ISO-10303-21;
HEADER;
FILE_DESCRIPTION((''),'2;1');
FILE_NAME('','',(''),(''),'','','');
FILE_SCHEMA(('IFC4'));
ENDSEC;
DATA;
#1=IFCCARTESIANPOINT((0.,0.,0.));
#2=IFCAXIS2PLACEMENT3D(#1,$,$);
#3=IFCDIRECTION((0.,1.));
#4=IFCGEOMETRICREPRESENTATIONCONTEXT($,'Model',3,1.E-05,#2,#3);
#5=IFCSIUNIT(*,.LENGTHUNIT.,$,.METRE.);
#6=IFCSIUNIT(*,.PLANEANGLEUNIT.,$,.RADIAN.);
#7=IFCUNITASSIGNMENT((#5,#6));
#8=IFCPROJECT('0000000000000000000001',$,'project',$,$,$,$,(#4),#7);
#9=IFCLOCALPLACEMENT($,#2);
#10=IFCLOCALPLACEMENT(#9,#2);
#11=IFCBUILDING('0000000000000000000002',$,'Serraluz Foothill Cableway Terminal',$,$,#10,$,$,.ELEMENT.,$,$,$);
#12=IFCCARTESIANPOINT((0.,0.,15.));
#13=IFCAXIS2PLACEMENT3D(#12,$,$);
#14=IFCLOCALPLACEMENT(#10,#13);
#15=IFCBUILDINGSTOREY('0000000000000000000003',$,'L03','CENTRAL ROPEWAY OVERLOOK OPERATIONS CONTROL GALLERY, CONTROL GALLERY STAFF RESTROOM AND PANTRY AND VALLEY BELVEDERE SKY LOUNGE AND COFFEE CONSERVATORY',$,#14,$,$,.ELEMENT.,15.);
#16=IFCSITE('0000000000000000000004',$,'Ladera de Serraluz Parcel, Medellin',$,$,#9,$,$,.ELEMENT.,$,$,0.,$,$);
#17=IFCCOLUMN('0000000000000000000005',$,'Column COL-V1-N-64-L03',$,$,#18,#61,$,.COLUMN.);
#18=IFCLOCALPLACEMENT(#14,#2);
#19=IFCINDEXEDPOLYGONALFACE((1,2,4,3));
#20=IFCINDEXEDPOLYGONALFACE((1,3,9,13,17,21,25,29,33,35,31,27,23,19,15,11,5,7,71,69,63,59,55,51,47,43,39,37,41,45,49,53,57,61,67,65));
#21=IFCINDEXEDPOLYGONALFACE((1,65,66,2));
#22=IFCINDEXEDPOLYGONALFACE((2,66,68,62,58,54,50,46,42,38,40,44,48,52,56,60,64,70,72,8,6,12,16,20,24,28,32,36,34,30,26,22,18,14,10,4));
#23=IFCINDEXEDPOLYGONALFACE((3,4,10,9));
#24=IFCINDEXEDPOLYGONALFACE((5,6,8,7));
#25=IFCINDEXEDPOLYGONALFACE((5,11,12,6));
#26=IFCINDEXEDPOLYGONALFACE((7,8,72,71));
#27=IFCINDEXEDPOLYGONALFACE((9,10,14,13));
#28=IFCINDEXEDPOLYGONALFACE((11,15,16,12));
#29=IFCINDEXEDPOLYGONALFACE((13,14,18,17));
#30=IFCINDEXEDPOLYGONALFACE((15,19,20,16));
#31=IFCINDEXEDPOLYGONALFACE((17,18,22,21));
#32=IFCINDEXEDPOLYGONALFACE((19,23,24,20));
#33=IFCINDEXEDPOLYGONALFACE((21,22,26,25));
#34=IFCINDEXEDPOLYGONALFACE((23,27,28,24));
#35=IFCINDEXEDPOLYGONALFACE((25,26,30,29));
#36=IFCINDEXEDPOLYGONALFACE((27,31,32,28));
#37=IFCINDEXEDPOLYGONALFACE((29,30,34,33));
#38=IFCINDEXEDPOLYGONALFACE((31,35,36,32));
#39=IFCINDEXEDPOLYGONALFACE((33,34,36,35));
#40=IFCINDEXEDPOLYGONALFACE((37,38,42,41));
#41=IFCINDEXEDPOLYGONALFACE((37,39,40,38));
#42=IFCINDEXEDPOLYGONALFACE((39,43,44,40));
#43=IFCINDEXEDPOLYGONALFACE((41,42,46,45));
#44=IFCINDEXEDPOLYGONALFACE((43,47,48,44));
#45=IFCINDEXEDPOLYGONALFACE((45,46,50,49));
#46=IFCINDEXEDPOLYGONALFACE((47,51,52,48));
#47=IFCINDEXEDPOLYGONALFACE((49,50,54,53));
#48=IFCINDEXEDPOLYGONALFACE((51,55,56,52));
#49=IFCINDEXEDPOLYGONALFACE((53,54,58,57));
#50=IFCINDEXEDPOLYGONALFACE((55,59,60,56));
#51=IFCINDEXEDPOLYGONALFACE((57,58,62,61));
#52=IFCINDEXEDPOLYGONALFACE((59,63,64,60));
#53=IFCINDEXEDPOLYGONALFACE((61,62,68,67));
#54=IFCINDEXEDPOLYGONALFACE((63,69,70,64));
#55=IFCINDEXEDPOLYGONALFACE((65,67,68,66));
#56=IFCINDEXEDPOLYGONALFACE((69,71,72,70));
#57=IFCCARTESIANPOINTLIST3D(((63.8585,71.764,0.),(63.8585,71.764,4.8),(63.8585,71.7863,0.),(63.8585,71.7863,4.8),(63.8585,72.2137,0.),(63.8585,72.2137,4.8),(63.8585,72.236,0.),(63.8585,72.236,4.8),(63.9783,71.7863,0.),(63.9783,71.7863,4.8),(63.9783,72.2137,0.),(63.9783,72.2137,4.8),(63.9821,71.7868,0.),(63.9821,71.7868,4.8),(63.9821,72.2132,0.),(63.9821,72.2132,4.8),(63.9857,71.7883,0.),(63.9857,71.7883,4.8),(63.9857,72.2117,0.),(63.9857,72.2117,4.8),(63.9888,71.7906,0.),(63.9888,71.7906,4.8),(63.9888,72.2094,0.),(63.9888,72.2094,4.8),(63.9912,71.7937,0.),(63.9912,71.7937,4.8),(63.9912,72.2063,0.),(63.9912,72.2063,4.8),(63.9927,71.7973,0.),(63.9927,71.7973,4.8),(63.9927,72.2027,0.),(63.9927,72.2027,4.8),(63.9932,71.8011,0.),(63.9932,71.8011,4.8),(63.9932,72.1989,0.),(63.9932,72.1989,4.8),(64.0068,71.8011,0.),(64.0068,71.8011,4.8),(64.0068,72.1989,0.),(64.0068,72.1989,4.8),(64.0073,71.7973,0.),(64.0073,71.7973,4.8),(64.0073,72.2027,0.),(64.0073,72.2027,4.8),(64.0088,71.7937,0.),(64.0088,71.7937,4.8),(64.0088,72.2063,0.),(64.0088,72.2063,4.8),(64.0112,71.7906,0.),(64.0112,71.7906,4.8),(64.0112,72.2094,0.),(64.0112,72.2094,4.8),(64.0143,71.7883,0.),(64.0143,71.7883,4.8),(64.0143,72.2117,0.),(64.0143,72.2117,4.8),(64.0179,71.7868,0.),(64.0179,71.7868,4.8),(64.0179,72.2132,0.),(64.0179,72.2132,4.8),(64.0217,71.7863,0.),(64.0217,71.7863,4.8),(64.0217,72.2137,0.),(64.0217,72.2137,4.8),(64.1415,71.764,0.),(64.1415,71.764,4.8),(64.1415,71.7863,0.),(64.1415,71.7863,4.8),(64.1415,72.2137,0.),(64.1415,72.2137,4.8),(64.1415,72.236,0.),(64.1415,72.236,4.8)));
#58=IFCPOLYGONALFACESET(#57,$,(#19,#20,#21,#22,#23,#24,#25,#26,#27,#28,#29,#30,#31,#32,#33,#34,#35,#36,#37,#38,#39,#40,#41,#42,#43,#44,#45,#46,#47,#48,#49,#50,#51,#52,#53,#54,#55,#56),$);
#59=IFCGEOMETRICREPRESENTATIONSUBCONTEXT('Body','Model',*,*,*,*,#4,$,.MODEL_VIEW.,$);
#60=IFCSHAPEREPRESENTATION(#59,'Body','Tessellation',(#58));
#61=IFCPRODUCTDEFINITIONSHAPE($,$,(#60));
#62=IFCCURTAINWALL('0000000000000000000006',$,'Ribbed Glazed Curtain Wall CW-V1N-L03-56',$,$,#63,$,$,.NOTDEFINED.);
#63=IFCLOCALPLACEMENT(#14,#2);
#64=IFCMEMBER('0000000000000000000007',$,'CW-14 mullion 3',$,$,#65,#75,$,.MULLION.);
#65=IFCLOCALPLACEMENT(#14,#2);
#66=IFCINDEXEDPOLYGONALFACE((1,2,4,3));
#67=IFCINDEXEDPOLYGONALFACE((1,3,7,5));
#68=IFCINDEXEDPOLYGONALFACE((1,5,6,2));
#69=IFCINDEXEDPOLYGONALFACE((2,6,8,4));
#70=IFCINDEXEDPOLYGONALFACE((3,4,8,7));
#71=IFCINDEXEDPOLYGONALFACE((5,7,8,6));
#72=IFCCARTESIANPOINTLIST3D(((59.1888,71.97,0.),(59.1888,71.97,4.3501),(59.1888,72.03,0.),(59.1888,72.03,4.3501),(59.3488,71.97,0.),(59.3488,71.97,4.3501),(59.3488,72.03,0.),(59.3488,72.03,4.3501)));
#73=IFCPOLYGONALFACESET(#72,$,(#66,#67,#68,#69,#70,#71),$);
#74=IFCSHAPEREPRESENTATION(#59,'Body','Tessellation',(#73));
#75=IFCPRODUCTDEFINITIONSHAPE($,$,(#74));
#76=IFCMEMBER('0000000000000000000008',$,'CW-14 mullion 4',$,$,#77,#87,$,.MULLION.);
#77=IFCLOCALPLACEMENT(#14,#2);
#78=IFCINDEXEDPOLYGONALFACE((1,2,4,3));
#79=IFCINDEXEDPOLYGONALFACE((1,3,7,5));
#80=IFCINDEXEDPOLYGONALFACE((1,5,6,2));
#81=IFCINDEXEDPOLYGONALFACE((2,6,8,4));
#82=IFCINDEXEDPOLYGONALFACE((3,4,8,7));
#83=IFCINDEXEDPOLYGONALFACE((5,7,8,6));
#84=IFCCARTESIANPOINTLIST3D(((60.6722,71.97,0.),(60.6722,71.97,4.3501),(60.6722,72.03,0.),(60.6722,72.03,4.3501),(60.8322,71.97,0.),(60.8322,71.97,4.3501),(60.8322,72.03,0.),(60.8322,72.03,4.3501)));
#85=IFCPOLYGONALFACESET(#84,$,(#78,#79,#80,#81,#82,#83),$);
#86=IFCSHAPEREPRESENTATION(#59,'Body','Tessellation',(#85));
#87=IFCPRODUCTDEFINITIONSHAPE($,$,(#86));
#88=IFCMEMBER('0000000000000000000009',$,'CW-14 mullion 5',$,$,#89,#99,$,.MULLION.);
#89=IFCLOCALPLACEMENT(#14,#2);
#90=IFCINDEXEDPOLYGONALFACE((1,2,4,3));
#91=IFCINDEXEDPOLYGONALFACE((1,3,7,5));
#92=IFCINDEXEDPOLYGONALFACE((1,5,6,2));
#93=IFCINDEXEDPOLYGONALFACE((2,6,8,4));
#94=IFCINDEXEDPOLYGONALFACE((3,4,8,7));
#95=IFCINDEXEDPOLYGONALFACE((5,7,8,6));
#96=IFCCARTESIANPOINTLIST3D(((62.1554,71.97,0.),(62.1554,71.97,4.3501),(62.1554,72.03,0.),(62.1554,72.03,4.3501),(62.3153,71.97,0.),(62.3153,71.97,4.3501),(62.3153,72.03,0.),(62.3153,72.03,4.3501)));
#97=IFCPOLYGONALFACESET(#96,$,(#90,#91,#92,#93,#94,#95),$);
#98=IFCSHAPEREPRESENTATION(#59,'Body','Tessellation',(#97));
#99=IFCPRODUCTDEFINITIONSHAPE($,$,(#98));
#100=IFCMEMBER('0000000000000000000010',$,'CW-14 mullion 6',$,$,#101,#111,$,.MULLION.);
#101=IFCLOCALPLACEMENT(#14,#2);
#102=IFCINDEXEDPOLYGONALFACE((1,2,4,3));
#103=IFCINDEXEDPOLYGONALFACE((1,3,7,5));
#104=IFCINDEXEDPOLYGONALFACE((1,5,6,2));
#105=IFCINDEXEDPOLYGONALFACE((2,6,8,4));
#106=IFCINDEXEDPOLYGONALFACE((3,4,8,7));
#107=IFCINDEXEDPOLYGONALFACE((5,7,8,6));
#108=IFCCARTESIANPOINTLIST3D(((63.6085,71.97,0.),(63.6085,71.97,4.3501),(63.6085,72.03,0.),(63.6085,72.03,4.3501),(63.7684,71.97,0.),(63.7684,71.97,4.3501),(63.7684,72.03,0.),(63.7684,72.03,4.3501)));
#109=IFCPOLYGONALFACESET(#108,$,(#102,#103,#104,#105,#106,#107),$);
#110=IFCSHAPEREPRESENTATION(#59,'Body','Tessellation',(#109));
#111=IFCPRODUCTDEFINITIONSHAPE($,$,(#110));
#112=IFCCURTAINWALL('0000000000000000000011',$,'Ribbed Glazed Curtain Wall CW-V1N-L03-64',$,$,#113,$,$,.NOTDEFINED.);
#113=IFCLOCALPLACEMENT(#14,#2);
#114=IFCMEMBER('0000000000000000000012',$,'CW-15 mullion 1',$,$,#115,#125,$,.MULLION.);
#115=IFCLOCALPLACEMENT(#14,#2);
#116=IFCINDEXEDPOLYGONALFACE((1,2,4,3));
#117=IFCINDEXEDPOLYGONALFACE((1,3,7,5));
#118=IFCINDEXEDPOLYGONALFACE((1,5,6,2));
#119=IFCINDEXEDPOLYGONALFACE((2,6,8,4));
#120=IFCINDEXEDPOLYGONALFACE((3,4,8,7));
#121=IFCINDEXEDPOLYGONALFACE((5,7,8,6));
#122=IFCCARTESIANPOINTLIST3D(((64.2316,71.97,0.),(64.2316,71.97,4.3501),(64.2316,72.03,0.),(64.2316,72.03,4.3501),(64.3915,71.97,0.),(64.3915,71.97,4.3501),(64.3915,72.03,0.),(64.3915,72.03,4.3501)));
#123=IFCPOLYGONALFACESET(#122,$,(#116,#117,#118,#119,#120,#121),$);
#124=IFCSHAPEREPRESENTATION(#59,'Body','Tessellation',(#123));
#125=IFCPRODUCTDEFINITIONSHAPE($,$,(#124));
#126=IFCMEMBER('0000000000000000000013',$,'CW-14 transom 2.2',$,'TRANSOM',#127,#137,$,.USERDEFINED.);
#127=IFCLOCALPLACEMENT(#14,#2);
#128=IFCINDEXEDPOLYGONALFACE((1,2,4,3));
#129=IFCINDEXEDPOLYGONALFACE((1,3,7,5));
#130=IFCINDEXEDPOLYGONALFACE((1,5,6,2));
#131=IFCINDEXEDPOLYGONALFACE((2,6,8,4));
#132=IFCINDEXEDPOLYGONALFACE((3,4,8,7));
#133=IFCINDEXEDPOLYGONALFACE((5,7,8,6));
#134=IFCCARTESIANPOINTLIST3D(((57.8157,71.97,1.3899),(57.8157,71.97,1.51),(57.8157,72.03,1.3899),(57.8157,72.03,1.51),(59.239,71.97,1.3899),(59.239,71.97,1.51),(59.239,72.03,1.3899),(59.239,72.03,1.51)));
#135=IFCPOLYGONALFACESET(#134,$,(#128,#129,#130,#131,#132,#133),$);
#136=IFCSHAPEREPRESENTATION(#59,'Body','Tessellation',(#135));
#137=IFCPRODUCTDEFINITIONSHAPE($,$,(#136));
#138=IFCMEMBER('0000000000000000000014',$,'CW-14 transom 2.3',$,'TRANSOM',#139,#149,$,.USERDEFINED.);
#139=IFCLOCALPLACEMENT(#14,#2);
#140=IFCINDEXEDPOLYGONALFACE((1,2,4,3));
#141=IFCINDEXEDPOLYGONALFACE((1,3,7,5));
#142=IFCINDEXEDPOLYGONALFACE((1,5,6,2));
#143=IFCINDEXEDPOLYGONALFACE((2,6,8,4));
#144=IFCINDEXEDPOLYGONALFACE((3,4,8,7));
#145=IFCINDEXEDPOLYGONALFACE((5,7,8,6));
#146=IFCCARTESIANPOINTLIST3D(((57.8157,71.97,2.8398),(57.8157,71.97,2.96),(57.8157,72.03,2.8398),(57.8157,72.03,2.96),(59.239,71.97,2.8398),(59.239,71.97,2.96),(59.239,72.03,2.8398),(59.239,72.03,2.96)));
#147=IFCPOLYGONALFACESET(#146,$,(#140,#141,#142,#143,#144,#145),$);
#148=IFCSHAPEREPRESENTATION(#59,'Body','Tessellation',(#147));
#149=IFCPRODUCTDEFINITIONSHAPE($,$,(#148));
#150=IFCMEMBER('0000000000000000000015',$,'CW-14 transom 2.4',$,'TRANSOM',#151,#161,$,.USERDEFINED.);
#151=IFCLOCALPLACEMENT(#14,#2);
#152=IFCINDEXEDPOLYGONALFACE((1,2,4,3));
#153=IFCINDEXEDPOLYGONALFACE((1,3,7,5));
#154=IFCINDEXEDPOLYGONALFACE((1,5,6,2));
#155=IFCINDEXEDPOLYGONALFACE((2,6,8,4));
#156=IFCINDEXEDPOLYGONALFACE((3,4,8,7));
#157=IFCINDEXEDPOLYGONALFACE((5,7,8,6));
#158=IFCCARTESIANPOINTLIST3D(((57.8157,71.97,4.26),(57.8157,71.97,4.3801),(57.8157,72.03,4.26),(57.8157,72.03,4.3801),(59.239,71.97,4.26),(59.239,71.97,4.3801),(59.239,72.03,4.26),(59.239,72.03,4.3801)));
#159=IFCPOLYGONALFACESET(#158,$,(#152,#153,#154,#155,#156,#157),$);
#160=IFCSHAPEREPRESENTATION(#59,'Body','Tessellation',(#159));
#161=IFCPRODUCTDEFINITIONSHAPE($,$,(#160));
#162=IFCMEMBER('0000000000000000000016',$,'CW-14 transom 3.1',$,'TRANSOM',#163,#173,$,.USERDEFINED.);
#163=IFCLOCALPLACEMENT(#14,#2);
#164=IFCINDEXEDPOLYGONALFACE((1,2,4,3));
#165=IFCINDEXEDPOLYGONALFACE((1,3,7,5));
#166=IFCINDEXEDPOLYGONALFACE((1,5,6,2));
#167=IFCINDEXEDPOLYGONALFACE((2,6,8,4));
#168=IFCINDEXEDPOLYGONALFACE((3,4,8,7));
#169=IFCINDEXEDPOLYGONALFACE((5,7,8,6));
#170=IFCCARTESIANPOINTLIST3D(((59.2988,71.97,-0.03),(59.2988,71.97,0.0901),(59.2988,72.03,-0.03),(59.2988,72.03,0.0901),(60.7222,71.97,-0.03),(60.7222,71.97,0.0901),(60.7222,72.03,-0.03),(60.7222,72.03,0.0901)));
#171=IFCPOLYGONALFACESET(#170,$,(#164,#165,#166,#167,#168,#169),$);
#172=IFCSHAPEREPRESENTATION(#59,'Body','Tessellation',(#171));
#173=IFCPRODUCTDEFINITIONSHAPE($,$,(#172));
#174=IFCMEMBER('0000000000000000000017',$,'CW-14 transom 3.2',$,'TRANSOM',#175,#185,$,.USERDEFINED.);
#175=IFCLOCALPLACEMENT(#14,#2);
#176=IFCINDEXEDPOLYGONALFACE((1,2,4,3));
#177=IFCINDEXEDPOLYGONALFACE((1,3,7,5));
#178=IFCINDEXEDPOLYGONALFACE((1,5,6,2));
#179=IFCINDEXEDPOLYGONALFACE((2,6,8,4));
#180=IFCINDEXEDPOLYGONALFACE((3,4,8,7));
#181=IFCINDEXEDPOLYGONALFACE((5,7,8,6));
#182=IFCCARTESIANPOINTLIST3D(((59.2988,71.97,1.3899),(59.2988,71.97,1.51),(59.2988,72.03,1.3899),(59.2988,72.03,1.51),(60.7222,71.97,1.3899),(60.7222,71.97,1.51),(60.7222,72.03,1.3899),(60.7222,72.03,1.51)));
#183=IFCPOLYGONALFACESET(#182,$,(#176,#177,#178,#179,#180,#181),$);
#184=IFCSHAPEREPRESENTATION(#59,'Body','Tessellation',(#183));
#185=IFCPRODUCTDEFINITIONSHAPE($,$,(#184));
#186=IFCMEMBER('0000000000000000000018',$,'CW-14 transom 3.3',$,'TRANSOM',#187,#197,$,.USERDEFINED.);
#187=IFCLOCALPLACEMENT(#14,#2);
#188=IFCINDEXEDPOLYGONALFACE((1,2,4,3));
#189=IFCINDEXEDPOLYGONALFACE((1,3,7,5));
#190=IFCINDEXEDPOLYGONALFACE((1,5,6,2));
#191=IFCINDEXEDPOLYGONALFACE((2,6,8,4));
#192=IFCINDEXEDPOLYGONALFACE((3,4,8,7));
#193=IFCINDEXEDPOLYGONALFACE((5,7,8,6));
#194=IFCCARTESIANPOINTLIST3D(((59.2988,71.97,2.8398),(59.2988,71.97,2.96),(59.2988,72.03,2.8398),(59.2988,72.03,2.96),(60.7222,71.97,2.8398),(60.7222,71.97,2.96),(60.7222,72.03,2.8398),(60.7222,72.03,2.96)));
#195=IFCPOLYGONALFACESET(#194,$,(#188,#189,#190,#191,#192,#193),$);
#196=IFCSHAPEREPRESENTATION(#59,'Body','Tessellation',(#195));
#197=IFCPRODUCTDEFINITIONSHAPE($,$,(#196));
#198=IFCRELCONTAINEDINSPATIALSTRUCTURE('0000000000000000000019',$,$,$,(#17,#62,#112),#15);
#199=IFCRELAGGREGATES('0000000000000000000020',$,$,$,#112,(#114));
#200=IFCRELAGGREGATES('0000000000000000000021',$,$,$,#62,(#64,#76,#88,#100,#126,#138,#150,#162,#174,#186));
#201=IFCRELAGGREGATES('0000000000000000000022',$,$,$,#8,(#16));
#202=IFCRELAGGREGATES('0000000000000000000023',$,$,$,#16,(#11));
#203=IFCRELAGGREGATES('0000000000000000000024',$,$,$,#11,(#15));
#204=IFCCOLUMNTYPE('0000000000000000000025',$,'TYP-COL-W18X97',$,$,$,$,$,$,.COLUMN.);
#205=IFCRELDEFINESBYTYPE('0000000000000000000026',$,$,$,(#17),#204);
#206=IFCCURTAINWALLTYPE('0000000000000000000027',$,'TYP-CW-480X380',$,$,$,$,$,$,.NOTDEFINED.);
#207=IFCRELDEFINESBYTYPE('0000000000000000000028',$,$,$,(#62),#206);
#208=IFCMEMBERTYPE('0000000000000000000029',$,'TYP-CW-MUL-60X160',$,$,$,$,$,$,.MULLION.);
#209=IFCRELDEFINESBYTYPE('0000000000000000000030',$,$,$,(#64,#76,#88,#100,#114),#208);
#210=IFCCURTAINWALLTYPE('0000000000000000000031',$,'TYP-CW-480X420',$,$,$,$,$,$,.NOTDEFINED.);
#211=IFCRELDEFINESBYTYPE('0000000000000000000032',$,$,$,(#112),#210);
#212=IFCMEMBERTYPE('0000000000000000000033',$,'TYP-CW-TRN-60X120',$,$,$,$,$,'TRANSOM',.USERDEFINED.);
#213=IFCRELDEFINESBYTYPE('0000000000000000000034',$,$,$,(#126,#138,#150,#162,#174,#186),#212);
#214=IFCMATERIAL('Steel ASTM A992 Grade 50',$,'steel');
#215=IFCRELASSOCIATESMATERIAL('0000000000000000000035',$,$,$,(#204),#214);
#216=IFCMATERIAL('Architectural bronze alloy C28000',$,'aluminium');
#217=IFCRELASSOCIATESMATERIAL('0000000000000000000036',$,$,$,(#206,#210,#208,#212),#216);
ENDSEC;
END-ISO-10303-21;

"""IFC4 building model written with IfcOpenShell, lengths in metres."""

from ifc_helpers import new_model, si_unit, direction, frame, origin, origin_2d, place, context, subcontext, project, spatial, rectangle, i_section, extrude, material, material_profile, profile_set, type_object, element, aggregate, save


model = new_model("IFC4")

# Units and contexts
model_context = context("Model", 3, precision=1e-05, world=origin(), true_north=direction((0.0, 1.0)))
body_context = subcontext(model_context, "Body", "Model", "MODEL_VIEW")
ifc_project = project(units=[si_unit("LENGTHUNIT", "METRE"), si_unit("PLANEANGLEUNIT", "RADIAN")], contexts=[model_context])

# Site, building, storey
site_placement = place(None, origin())
site = spatial("IfcSite", under=ifc_project, at=site_placement, Name="Ladera de Serraluz Parcel, Medellin", CompositionType="ELEMENT", RefElevation=0.0)
building_placement = place(site_placement, origin())
building = spatial("IfcBuilding", under=site, at=building_placement, Name="Serraluz Foothill Cableway Terminal", CompositionType="ELEMENT")
storey_placement = place(building_placement, frame((0.0, 0.0, 15.0)))
storey = spatial("IfcBuildingStorey", under=building, at=storey_placement, Name="L03", Description="CENTRAL ROPEWAY OVERLOOK OPERATIONS CONTROL GALLERY, CONTROL GALLERY STAFF RESTROOM AND PANTRY AND VALLEY BELVEDERE SKY LOUNGE AND COFFEE CONSERVATORY", CompositionType="ELEMENT", Elevation=15.0)

# Column
ifc_material_1 = material(Name="Steel ASTM A992 Grade 50", Category="steel")
ifc_material_profile_1 = material_profile(ifc_material_1, i_section(OverallWidth=0.283, OverallDepth=0.4719, WebThickness=0.0137, FlangeThickness=0.0222, FilletRadius=0.0149, at=origin_2d()), Name="W18X97")
ifc_profile_set_1 = profile_set([ifc_material_profile_1], Name="Steel ASTM A992 Grade 50")
column_type = type_object("IfcColumnType", Name="TYP-COL-W18X97", PredefinedType="COLUMN", material=ifc_profile_set_1)
column_placement = place(storey_placement, frame((64.0, 72.0, 0.0), z_axis=(0.0, 0.0, 1.0), x_axis=(1.0, 0.0, 0.0)))
element("IfcColumn", 1, at=column_placement, inside=storey, type_object=column_type, Name="Column COL-V1-N-64-L03", PredefinedType="COLUMN", context=body_context, shape_type="SweptSolid", body=[
    extrude(i_section(OverallWidth=0.283, OverallDepth=0.4719, WebThickness=0.0137, FlangeThickness=0.0222, FilletRadius=0.0149, at=origin_2d()), origin(), (0.0, 0.0, 1.0), 4.8),
])

# Curtain wall, members
ifc_material_2 = material(Name="Architectural bronze alloy C28000", Category="aluminium")
curtain_wall_type_1 = type_object("IfcCurtainWallType", Name="TYP-CW-480X380", PredefinedType="NOTDEFINED", material=ifc_material_2)
curtain_wall_1_placement = place(storey_placement, origin())
curtain_wall_1 = element("IfcCurtainWall", 2, at=curtain_wall_1_placement, inside=storey, type_object=curtain_wall_type_1, Name="Ribbed Glazed Curtain Wall CW-V1N-L03-56", PredefinedType="NOTDEFINED")
ifc_material_profile_2 = material_profile(ifc_material_2, rectangle(XDim=0.0601, YDim=0.1599, at=origin_2d()), Name="ALU MULLION 60x160")
ifc_profile_set_2 = profile_set([ifc_material_profile_2], Name="Architectural bronze alloy C28000")
member_type_1 = type_object("IfcMemberType", Name="TYP-CW-MUL-60X160", PredefinedType="MULLION", material=ifc_profile_set_2)
member_1_placement = place(storey_placement, frame((59.2688, 72.0, 0.0), z_axis=(0.0, 0.0, 1.0), x_axis=(0.0, 1.0, 0.0)))
member_1 = element("IfcMember", 3, at=member_1_placement, type_object=member_type_1, Name="CW-14 mullion 3", PredefinedType="MULLION", context=body_context, shape_type="SweptSolid", body=[
    extrude(rectangle(XDim=0.0601, YDim=0.1599, at=origin_2d()), origin(), (0.0, 0.0, 1.0), 4.3501),
])
member_2_placement = place(storey_placement, frame((60.7522, 72.0, 0.0), z_axis=(0.0, 0.0, 1.0), x_axis=(0.0, 1.0, 0.0)))
member_2 = element("IfcMember", 4, at=member_2_placement, type_object=member_type_1, Name="CW-14 mullion 4", PredefinedType="MULLION", context=body_context, shape_type="SweptSolid", body=[
    extrude(rectangle(XDim=0.0601, YDim=0.1599, at=origin_2d()), origin(), (0.0, 0.0, 1.0), 4.3501),
])
member_3_placement = place(storey_placement, frame((62.2354, 72.0, 0.0), z_axis=(0.0, 0.0, 1.0), x_axis=(0.0, 1.0, 0.0)))
member_3 = element("IfcMember", 5, at=member_3_placement, type_object=member_type_1, Name="CW-14 mullion 5", PredefinedType="MULLION", context=body_context, shape_type="SweptSolid", body=[
    extrude(rectangle(XDim=0.0601, YDim=0.1599, at=origin_2d()), origin(), (0.0, 0.0, 1.0), 4.3501),
])
member_4_placement = place(storey_placement, frame((63.6885, 72.0, 0.0), z_axis=(0.0, 0.0, 1.0), x_axis=(0.0, 1.0, 0.0)))
member_4 = element("IfcMember", 6, at=member_4_placement, type_object=member_type_1, Name="CW-14 mullion 6", PredefinedType="MULLION", context=body_context, shape_type="SweptSolid", body=[
    extrude(rectangle(XDim=0.0601, YDim=0.1599, at=origin_2d()), origin(), (0.0, 0.0, 1.0), 4.3501),
])

# Curtain wall, member
curtain_wall_type_2 = type_object("IfcCurtainWallType", Name="TYP-CW-480X420", PredefinedType="NOTDEFINED", material=ifc_material_2)
curtain_wall_2_placement = place(storey_placement, origin())
curtain_wall_2 = element("IfcCurtainWall", 7, at=curtain_wall_2_placement, inside=storey, type_object=curtain_wall_type_2, Name="Ribbed Glazed Curtain Wall CW-V1N-L03-64", PredefinedType="NOTDEFINED")
member_5_placement = place(storey_placement, frame((64.3115, 72.0, 0.0), z_axis=(0.0, 0.0, 1.0), x_axis=(0.0, 1.0, 0.0)))
member_5 = element("IfcMember", 8, at=member_5_placement, type_object=member_type_1, Name="CW-15 mullion 1", PredefinedType="MULLION", context=body_context, shape_type="SweptSolid", body=[
    extrude(rectangle(XDim=0.0601, YDim=0.1599, at=origin_2d()), origin(), (0.0, 0.0, 1.0), 4.3501),
])
aggregate(curtain_wall_2, [member_5])

# Members
ifc_material_profile_3 = material_profile(ifc_material_2, rectangle(XDim=0.0601, YDim=0.1201, at=origin_2d()), Name="ALU TRANSOM 60x120")
ifc_profile_set_3 = profile_set([ifc_material_profile_3], Name="Architectural bronze alloy C28000")
member_type_2 = type_object("IfcMemberType", Name="TYP-CW-TRN-60X120", ElementType="TRANSOM", PredefinedType="USERDEFINED", material=ifc_profile_set_3)
member_6_placement = place(storey_placement, frame((57.8157, 72.0, 1.45), z_axis=(1.0, 0.0, 0.0), x_axis=(0.0, 1.0, 0.0)))
member_6 = element("IfcMember", 9, at=member_6_placement, type_object=member_type_2, Name="CW-14 transom 2.2", ObjectType="TRANSOM", PredefinedType="USERDEFINED", context=body_context, shape_type="SweptSolid", body=[
    extrude(rectangle(XDim=0.0601, YDim=0.1201, at=origin_2d()), origin(), (0.0, 0.0, 1.0), 1.4233),
])
member_7_placement = place(storey_placement, frame((57.8157, 72.0, 2.8999), z_axis=(1.0, 0.0, 0.0), x_axis=(0.0, 1.0, 0.0)))
member_7 = element("IfcMember", 10, at=member_7_placement, type_object=member_type_2, Name="CW-14 transom 2.3", ObjectType="TRANSOM", PredefinedType="USERDEFINED", context=body_context, shape_type="SweptSolid", body=[
    extrude(rectangle(XDim=0.0601, YDim=0.1201, at=origin_2d()), origin(), (0.0, 0.0, 1.0), 1.4233),
])
member_8_placement = place(storey_placement, frame((57.8157, 72.0, 4.3201), z_axis=(1.0, 0.0, 0.0), x_axis=(0.0, 1.0, 0.0)))
member_8 = element("IfcMember", 11, at=member_8_placement, type_object=member_type_2, Name="CW-14 transom 2.4", ObjectType="TRANSOM", PredefinedType="USERDEFINED", context=body_context, shape_type="SweptSolid", body=[
    extrude(rectangle(XDim=0.0601, YDim=0.1201, at=origin_2d()), origin(), (0.0, 0.0, 1.0), 1.4233),
])
member_9_placement = place(storey_placement, frame((59.2988, 72.0, 0.03), z_axis=(1.0, 0.0, 0.0), x_axis=(0.0, 1.0, 0.0)))
member_9 = element("IfcMember", 12, at=member_9_placement, type_object=member_type_2, Name="CW-14 transom 3.1", ObjectType="TRANSOM", PredefinedType="USERDEFINED", context=body_context, shape_type="SweptSolid", body=[
    extrude(rectangle(XDim=0.0601, YDim=0.1201, at=origin_2d()), origin(), (0.0, 0.0, 1.0), 1.4233),
])
member_10_placement = place(storey_placement, frame((59.2988, 72.0, 1.45), z_axis=(1.0, 0.0, 0.0), x_axis=(0.0, 1.0, 0.0)))
member_10 = element("IfcMember", 13, at=member_10_placement, type_object=member_type_2, Name="CW-14 transom 3.2", ObjectType="TRANSOM", PredefinedType="USERDEFINED", context=body_context, shape_type="SweptSolid", body=[
    extrude(rectangle(XDim=0.0601, YDim=0.1201, at=origin_2d()), origin(), (0.0, 0.0, 1.0), 1.4233),
])
member_11_placement = place(storey_placement, frame((59.2988, 72.0, 2.8999), z_axis=(1.0, 0.0, 0.0), x_axis=(0.0, 1.0, 0.0)))
member_11 = element("IfcMember", 14, at=member_11_placement, type_object=member_type_2, Name="CW-14 transom 3.3", ObjectType="TRANSOM", PredefinedType="USERDEFINED", context=body_context, shape_type="SweptSolid", body=[
    extrude(rectangle(XDim=0.0601, YDim=0.1201, at=origin_2d()), origin(), (0.0, 0.0, 1.0), 1.4233),
])

aggregate(curtain_wall_1, [member_1, member_2, member_3, member_4, member_6, member_7, member_8, member_9, member_10, member_11])

save(model, "model.ifc")
